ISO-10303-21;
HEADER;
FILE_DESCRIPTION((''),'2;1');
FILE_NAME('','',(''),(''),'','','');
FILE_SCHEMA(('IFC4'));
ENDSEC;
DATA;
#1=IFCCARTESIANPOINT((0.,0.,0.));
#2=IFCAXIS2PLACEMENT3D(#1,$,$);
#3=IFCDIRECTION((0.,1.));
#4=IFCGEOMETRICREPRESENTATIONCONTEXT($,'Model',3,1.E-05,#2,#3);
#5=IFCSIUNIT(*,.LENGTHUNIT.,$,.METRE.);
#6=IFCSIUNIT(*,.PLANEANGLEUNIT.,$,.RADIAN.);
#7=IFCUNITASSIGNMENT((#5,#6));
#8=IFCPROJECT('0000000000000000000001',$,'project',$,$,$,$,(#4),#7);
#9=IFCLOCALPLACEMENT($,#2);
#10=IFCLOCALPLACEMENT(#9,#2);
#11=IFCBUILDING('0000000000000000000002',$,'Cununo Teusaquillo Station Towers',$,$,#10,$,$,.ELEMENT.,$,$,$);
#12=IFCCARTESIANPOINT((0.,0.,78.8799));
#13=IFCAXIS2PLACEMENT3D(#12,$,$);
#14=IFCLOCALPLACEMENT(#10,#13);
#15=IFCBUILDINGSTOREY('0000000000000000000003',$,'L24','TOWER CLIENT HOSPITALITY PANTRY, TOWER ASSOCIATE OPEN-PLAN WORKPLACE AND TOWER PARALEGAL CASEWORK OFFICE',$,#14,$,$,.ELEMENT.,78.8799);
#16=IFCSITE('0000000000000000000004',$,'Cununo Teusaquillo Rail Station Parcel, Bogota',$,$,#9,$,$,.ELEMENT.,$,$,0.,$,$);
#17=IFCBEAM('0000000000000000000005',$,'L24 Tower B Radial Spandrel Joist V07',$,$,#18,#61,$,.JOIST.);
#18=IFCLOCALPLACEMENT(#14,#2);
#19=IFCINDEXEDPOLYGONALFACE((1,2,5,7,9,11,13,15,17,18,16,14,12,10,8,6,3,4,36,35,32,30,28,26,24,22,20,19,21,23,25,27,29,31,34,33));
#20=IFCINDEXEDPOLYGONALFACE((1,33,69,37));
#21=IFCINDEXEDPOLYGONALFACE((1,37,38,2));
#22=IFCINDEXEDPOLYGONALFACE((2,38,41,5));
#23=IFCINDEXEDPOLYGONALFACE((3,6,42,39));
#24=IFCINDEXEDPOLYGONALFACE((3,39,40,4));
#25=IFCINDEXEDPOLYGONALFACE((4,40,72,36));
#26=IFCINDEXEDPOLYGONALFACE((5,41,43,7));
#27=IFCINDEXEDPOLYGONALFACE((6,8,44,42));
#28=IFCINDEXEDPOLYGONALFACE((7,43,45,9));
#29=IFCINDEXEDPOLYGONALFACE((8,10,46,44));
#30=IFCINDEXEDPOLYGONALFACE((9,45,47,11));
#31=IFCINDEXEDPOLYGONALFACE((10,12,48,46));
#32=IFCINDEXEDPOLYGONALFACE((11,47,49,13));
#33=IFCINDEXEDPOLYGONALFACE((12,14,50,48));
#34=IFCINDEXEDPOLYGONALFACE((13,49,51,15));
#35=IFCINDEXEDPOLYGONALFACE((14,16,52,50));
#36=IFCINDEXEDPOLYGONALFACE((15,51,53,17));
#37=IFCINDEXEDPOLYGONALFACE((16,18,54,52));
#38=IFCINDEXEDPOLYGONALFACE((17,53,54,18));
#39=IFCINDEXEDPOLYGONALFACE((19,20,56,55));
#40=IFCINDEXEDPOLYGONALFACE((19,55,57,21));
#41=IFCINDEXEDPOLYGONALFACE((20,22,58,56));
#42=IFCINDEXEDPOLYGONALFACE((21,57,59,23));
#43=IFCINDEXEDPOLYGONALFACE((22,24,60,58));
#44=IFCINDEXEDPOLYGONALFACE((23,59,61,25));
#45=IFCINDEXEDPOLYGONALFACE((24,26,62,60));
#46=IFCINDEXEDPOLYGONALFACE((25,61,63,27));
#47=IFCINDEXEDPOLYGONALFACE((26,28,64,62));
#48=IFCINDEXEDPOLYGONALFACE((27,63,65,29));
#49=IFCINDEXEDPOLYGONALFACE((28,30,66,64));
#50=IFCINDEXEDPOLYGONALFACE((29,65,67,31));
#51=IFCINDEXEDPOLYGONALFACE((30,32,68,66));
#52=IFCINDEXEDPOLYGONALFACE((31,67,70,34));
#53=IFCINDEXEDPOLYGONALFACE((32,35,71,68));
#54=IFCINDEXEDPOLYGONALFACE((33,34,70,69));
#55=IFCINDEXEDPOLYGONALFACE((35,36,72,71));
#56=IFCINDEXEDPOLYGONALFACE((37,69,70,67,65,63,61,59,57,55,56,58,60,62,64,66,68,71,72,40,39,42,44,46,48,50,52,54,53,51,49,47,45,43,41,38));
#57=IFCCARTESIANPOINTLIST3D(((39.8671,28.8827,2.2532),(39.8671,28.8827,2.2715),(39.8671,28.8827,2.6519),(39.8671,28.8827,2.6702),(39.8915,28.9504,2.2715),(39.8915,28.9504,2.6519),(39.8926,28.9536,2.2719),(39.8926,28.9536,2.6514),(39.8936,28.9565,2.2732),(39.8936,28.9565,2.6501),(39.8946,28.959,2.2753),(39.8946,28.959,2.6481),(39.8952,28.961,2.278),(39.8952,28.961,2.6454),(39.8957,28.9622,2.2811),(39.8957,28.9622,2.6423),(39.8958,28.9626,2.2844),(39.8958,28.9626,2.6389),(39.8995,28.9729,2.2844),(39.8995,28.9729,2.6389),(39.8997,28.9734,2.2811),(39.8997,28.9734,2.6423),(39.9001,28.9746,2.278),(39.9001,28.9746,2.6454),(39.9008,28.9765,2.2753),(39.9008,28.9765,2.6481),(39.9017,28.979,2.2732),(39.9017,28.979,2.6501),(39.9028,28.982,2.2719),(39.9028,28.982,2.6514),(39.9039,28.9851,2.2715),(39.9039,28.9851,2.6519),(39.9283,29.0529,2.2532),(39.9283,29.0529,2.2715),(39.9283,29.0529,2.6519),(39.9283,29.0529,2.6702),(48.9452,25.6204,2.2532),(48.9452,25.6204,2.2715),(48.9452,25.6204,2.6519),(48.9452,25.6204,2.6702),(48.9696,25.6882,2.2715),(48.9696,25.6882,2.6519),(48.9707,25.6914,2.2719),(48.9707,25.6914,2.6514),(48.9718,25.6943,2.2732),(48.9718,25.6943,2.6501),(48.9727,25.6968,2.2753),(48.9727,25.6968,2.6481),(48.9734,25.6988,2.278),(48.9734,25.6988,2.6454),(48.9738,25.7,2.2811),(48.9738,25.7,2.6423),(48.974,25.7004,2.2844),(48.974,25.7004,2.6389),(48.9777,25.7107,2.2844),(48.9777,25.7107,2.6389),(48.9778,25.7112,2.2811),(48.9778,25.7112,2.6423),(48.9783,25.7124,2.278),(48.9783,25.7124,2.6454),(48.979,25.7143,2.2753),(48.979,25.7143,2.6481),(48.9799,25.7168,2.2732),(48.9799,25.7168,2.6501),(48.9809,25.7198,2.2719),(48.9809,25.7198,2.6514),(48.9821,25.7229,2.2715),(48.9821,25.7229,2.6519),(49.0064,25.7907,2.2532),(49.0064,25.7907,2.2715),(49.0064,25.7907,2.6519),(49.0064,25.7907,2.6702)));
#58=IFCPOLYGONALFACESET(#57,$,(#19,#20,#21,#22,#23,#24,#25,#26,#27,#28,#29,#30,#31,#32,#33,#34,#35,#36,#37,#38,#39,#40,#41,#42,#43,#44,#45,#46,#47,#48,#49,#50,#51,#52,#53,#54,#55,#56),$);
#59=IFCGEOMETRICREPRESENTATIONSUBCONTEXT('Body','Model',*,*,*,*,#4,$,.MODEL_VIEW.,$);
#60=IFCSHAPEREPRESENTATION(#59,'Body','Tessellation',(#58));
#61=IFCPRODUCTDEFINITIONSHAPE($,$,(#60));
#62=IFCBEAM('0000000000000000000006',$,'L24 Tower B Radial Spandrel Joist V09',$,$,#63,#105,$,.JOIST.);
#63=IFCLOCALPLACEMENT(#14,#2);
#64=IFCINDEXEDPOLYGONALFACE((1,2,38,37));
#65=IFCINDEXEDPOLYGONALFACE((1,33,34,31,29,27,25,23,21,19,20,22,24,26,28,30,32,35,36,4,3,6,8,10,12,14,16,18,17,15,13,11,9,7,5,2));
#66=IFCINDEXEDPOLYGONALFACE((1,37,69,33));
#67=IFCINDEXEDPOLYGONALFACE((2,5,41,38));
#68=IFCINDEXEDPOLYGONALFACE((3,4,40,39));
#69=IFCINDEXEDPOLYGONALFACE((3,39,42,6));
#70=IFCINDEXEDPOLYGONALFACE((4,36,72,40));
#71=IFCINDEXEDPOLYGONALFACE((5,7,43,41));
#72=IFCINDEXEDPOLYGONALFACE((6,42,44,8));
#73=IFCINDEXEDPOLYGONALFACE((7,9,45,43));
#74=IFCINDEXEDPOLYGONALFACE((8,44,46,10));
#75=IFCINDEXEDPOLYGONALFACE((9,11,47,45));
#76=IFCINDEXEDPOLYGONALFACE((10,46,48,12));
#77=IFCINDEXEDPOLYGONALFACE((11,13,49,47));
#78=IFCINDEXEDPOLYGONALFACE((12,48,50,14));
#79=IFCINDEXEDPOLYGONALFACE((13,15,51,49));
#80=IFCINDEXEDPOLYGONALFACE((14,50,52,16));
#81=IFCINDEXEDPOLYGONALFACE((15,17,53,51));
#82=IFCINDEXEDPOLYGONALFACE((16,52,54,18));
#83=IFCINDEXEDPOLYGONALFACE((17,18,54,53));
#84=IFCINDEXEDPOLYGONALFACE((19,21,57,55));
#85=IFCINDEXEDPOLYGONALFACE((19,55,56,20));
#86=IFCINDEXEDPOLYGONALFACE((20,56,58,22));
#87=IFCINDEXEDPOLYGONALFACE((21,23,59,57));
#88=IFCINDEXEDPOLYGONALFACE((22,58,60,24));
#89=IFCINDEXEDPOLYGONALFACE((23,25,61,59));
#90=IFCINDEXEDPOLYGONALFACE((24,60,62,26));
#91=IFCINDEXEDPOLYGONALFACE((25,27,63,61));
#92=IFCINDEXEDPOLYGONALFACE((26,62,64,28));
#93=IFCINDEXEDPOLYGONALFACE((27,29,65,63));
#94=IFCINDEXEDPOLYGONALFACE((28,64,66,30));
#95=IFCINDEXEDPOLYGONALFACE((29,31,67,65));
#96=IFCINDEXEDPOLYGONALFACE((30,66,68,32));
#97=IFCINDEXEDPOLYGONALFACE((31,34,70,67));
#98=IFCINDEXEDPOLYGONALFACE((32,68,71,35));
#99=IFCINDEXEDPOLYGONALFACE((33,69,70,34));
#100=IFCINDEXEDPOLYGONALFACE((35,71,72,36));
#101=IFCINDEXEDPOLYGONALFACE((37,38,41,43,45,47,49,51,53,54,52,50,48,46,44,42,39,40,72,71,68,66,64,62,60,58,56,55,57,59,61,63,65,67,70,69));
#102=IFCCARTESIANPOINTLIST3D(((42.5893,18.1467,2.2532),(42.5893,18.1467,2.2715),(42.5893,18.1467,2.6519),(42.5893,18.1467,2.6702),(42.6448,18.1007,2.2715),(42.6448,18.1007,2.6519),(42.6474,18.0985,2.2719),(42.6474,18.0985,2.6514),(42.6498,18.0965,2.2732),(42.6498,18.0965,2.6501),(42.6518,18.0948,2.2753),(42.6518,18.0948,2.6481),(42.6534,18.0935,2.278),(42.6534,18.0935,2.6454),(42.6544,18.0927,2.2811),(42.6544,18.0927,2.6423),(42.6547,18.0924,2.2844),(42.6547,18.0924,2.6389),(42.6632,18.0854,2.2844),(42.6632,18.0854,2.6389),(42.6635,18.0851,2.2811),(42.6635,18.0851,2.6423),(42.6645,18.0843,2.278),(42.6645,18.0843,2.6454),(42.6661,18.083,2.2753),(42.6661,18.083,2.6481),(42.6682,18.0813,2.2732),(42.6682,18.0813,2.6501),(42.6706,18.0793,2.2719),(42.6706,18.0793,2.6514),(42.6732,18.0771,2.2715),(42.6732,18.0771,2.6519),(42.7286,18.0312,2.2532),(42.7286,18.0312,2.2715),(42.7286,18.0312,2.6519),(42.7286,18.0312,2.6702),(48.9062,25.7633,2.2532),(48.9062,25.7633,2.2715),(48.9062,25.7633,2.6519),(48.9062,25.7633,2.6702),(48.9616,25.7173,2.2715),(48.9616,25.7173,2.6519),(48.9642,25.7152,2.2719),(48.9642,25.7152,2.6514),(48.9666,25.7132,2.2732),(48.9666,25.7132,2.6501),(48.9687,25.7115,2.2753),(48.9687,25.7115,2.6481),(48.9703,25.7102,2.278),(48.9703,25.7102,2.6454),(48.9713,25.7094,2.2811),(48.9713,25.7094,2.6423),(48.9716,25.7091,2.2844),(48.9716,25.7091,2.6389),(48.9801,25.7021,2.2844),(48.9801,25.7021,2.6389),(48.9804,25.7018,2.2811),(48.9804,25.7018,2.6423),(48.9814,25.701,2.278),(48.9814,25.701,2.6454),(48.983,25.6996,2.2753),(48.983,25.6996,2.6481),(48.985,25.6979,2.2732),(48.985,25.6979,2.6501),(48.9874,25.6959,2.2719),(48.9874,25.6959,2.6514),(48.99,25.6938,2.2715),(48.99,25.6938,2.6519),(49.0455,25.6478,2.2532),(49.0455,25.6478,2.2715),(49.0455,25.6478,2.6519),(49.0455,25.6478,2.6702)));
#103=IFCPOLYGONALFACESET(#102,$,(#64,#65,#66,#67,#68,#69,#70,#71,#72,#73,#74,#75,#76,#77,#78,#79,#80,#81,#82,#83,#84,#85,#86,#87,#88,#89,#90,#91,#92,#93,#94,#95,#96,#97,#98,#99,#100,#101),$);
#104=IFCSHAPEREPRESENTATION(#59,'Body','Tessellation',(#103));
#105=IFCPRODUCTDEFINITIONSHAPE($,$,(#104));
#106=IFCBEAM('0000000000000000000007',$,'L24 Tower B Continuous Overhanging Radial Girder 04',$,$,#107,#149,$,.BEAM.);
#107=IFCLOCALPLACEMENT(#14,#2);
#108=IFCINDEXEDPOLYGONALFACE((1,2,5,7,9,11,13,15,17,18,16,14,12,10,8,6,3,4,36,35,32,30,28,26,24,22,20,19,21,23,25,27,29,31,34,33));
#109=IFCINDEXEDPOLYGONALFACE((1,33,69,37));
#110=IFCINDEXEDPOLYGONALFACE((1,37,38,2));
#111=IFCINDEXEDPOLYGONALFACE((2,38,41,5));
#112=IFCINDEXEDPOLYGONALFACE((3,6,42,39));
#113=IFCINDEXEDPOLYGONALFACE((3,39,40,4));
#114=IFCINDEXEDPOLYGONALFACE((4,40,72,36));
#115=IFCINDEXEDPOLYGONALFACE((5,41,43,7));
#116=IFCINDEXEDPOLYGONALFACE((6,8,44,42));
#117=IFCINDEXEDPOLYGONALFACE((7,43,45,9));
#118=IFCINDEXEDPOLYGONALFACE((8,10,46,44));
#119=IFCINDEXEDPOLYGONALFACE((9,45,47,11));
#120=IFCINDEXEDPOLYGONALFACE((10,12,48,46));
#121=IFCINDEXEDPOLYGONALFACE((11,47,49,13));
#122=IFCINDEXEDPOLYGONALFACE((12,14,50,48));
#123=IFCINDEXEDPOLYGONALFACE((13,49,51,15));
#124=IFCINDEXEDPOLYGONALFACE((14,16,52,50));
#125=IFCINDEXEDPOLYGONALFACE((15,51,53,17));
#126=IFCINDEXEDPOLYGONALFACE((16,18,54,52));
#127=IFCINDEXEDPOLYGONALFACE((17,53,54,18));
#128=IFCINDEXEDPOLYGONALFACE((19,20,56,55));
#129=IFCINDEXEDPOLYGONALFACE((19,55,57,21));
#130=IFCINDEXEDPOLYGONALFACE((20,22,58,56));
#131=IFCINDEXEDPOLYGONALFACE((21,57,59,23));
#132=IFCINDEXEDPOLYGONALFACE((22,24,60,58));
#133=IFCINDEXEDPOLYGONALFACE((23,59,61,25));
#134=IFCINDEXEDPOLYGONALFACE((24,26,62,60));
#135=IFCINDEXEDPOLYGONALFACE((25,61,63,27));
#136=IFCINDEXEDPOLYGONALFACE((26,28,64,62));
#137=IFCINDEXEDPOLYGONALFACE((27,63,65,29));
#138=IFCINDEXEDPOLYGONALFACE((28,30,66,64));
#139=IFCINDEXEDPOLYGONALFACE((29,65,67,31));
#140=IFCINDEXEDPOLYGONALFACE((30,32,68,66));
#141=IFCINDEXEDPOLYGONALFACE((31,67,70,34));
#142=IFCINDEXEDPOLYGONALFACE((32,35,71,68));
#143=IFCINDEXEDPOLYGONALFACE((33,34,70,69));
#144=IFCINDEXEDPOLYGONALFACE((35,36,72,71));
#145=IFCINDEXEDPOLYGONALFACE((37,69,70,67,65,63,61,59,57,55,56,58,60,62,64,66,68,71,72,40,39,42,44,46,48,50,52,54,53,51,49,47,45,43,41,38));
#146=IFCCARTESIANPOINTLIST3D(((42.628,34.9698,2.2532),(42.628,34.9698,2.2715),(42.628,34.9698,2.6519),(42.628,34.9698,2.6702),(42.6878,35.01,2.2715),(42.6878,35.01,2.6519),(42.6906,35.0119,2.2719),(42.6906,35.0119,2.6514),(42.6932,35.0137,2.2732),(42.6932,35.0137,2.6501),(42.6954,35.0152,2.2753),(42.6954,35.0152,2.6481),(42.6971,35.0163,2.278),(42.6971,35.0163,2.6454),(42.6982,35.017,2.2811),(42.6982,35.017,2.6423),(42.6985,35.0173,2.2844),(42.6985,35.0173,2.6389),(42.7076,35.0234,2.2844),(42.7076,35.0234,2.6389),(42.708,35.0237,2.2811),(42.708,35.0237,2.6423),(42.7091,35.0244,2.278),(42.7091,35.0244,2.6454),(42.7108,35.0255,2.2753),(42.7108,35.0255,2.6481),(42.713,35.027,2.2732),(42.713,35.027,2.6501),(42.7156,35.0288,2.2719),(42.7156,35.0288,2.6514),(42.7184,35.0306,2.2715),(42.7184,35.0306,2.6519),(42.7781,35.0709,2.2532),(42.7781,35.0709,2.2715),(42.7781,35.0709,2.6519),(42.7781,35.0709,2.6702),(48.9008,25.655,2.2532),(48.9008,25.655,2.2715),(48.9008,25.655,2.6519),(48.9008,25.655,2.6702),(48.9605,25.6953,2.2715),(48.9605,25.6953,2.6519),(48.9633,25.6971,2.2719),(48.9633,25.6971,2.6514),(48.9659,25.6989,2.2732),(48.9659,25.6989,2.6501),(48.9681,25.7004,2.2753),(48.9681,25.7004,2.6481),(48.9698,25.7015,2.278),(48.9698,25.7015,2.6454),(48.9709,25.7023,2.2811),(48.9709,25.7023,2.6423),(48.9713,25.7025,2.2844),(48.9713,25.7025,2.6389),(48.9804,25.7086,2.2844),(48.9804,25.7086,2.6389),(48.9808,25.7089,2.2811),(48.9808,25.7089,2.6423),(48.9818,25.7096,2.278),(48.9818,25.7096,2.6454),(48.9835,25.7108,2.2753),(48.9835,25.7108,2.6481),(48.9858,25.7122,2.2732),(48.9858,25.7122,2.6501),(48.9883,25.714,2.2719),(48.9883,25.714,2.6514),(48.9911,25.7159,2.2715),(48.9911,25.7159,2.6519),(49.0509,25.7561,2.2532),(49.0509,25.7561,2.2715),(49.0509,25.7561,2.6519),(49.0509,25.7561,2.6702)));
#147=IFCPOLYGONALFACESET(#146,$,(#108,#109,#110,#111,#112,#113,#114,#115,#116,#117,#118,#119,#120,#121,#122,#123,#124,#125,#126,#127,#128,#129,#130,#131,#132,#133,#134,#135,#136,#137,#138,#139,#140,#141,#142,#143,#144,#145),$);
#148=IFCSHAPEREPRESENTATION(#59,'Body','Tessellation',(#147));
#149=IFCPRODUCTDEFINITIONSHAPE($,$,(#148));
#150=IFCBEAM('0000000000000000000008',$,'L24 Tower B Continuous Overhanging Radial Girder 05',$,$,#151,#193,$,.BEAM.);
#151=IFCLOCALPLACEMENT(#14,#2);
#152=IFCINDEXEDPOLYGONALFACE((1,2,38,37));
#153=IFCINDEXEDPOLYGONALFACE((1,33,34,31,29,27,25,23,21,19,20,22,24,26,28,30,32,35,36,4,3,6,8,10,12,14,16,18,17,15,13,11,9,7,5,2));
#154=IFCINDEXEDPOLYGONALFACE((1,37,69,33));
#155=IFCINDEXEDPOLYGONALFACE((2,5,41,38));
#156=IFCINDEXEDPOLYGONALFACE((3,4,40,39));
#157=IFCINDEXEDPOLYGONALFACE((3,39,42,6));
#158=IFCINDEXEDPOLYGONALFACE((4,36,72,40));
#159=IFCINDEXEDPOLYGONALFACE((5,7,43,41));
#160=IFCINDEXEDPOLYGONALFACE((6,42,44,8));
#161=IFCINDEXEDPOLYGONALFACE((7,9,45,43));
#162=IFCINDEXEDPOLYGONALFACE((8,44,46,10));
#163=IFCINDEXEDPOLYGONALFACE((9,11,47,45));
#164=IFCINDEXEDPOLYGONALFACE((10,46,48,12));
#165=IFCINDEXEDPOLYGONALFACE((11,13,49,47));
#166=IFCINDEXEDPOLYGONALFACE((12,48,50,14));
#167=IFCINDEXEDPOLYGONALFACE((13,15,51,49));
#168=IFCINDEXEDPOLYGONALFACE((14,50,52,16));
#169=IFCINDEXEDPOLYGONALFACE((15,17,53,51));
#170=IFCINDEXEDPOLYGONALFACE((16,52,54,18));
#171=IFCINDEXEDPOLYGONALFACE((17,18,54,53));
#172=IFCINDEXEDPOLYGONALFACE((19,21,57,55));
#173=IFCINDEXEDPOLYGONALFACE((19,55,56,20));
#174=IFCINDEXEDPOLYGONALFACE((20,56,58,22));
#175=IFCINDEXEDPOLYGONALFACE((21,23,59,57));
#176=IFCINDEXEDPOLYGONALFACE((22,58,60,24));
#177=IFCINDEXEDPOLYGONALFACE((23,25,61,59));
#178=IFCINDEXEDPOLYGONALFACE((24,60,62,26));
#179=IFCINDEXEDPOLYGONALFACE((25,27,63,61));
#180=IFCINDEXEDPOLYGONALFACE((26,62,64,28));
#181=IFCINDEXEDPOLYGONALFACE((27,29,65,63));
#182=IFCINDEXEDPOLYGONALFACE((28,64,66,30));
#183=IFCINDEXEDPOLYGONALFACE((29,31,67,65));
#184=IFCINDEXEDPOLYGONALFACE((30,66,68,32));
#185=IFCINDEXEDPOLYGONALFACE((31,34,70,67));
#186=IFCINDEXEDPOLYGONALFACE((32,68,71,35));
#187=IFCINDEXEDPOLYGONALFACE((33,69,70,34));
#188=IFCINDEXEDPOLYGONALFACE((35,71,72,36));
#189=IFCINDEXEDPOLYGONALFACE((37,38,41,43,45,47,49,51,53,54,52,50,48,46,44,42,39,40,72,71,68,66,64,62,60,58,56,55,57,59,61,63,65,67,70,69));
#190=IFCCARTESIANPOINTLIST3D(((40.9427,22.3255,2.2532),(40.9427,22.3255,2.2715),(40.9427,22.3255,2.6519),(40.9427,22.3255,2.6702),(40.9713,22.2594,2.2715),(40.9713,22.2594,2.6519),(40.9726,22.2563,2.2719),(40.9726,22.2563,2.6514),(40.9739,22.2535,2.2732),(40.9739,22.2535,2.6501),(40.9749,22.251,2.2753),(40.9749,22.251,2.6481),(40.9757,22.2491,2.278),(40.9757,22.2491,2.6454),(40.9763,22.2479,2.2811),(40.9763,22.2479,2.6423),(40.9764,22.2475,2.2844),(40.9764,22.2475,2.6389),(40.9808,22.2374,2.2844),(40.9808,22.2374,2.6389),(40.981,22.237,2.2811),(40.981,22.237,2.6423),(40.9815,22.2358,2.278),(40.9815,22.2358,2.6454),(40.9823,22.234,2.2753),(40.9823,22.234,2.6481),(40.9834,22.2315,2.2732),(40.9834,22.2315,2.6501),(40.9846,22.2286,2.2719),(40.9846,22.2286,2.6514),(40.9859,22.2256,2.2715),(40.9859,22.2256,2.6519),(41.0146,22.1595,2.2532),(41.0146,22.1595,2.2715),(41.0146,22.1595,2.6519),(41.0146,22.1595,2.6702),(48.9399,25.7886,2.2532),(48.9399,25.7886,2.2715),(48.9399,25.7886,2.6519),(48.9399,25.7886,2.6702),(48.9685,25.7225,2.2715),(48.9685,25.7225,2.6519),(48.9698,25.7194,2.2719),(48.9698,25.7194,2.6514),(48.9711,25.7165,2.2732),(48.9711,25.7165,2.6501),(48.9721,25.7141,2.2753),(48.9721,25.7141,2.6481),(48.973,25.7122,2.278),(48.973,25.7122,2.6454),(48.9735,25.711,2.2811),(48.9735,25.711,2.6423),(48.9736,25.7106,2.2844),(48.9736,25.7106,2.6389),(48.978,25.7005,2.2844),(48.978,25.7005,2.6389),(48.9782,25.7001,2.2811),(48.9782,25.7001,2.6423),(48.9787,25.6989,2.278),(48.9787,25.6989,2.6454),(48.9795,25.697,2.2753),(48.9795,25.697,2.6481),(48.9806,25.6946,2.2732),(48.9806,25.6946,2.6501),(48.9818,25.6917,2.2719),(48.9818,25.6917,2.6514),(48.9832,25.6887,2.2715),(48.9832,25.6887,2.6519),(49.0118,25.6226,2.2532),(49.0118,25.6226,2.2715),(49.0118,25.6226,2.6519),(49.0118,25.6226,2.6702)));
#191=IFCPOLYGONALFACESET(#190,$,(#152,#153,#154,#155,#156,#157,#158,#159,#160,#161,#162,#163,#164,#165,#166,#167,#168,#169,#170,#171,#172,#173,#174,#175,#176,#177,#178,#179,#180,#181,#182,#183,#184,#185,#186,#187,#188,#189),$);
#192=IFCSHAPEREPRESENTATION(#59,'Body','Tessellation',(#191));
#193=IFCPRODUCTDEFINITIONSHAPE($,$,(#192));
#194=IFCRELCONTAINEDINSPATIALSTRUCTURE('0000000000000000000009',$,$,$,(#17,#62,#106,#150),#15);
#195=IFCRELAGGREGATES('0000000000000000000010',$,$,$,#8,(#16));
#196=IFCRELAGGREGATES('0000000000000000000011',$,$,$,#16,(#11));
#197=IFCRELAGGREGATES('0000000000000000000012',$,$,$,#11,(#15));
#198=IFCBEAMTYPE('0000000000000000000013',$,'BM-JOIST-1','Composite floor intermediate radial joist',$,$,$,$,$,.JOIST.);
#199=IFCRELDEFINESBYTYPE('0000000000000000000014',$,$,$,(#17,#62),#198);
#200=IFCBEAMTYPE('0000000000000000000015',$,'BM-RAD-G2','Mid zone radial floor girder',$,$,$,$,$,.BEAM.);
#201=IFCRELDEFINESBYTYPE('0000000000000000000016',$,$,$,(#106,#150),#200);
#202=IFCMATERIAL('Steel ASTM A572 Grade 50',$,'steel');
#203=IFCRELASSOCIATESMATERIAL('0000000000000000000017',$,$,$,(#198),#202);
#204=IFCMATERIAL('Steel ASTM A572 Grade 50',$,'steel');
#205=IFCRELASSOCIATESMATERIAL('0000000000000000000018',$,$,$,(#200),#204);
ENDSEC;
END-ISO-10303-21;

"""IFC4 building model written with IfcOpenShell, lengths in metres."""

from ifc_helpers import new_model, si_unit, direction, frame, origin, origin_2d, place, context, subcontext, project, spatial, i_section, extrude, material, material_profile, profile_set, type_object, element, save


model = new_model("IFC4")

# Units and contexts
model_context = context("Model", 3, precision=1e-05, world=origin(), true_north=direction((0.0, 1.0)))
body_context = subcontext(model_context, "Body", "Model", "MODEL_VIEW")
ifc_project = project(units=[si_unit("LENGTHUNIT", "METRE"), si_unit("PLANEANGLEUNIT", "RADIAN")], contexts=[model_context])

# Site, building, storey
site_placement = place(None, origin())
site = spatial("IfcSite", under=ifc_project, at=site_placement, Name="Cununo Teusaquillo Rail Station Parcel, Bogota", CompositionType="ELEMENT", RefElevation=0.0)
building_placement = place(site_placement, origin())
building = spatial("IfcBuilding", under=site, at=building_placement, Name="Cununo Teusaquillo Station Towers", CompositionType="ELEMENT")
storey_placement = place(building_placement, frame((0.0, 0.0, 78.8799)))
storey = spatial("IfcBuildingStorey", under=building, at=storey_placement, Name="L24", Description="TOWER CLIENT HOSPITALITY PANTRY, TOWER ASSOCIATE OPEN-PLAN WORKPLACE AND TOWER PARALEGAL CASEWORK OFFICE", CompositionType="ELEMENT", Elevation=78.8799)

# Beams
ifc_material_1 = material(Name="Steel ASTM A572 Grade 50", Category="steel")
ifc_material_profile_1 = material_profile(ifc_material_1, i_section(OverallWidth=0.1809, OverallDepth=0.417, WebThickness=0.011, FlangeThickness=0.0183, FilletRadius=0.0129, at=origin_2d()), Name="W16X57")
ifc_profile_set_1 = profile_set([ifc_material_profile_1], Name="Steel ASTM A572 Grade 50")
beam_type_1 = type_object("IfcBeamType", Name="BM-JOIST-1", Description="Composite floor intermediate radial joist", PredefinedType="JOIST", material=ifc_profile_set_1)
beam_1_placement = place(storey_placement, frame((48.9758, 25.7056, 2.4617), z_axis=(-0.941083, 0.338176, 0.0), x_axis=(-0.338176, -0.941083, 0.0)))
element("IfcBeam", 1, at=beam_1_placement, inside=storey, type_object=beam_type_1, Name="L24 Tower B Radial Spandrel Joist V07", PredefinedType="JOIST", context=body_context, shape_type="SweptSolid", body=[
    extrude(i_section(OverallWidth=0.1809, OverallDepth=0.417, WebThickness=0.011, FlangeThickness=0.0183, FilletRadius=0.0129, at=origin_2d()), origin(), (0.0, 0.0, 1.0), 9.6465),
])
beam_2_placement = place(storey_placement, frame((48.9758, 25.7056, 2.4617), z_axis=(-0.638372, -0.769728, 0.0), x_axis=(0.769728, -0.638372, 0.0)))
element("IfcBeam", 2, at=beam_2_placement, inside=storey, type_object=beam_type_1, Name="L24 Tower B Radial Spandrel Joist V09", PredefinedType="JOIST", context=body_context, shape_type="SweptSolid", body=[
    extrude(i_section(OverallWidth=0.1809, OverallDepth=0.417, WebThickness=0.011, FlangeThickness=0.0183, FilletRadius=0.0129, at=origin_2d()), origin(), (0.0, 0.0, 1.0), 9.8953),
])
ifc_material_2 = material(Name="Steel ASTM A572 Grade 50", Category="steel")
ifc_material_profile_2 = material_profile(ifc_material_2, i_section(OverallWidth=0.1809, OverallDepth=0.417, WebThickness=0.011, FlangeThickness=0.0183, FilletRadius=0.0129, at=origin_2d()), Name="W16X57")
ifc_profile_set_2 = profile_set([ifc_material_profile_2], Name="Steel ASTM A572 Grade 50")
beam_type_2 = type_object("IfcBeamType", Name="BM-RAD-G2", Description="Mid zone radial floor girder", PredefinedType="BEAM", material=ifc_profile_set_2)
beam_3_placement = place(storey_placement, frame((48.9758, 25.7056, 2.4617), z_axis=(-0.558572, 0.829456, 0.0), x_axis=(-0.829456, -0.558572, 0.0)))
element("IfcBeam", 3, at=beam_3_placement, inside=storey, type_object=beam_type_2, Name="L24 Tower B Continuous Overhanging Radial Girder 04", PredefinedType="BEAM", context=body_context, shape_type="SweptSolid", body=[
    extrude(i_section(OverallWidth=0.1809, OverallDepth=0.417, WebThickness=0.011, FlangeThickness=0.0183, FilletRadius=0.0129, at=origin_2d()), origin(), (0.0, 0.0, 1.0), 11.23),
])
beam_4_placement = place(storey_placement, frame((48.9758, 25.7056, 2.4617), z_axis=(-0.917655, -0.397379, 0.0), x_axis=(0.397379, -0.917655, 0.0)))
element("IfcBeam", 4, at=beam_4_placement, inside=storey, type_object=beam_type_2, Name="L24 Tower B Continuous Overhanging Radial Girder 05", PredefinedType="BEAM", context=body_context, shape_type="SweptSolid", body=[
    extrude(i_section(OverallWidth=0.1809, OverallDepth=0.417, WebThickness=0.011, FlangeThickness=0.0183, FilletRadius=0.0129, at=origin_2d()), origin(), (0.0, 0.0, 1.0), 8.7148),
])

save(model, "model.ifc")
